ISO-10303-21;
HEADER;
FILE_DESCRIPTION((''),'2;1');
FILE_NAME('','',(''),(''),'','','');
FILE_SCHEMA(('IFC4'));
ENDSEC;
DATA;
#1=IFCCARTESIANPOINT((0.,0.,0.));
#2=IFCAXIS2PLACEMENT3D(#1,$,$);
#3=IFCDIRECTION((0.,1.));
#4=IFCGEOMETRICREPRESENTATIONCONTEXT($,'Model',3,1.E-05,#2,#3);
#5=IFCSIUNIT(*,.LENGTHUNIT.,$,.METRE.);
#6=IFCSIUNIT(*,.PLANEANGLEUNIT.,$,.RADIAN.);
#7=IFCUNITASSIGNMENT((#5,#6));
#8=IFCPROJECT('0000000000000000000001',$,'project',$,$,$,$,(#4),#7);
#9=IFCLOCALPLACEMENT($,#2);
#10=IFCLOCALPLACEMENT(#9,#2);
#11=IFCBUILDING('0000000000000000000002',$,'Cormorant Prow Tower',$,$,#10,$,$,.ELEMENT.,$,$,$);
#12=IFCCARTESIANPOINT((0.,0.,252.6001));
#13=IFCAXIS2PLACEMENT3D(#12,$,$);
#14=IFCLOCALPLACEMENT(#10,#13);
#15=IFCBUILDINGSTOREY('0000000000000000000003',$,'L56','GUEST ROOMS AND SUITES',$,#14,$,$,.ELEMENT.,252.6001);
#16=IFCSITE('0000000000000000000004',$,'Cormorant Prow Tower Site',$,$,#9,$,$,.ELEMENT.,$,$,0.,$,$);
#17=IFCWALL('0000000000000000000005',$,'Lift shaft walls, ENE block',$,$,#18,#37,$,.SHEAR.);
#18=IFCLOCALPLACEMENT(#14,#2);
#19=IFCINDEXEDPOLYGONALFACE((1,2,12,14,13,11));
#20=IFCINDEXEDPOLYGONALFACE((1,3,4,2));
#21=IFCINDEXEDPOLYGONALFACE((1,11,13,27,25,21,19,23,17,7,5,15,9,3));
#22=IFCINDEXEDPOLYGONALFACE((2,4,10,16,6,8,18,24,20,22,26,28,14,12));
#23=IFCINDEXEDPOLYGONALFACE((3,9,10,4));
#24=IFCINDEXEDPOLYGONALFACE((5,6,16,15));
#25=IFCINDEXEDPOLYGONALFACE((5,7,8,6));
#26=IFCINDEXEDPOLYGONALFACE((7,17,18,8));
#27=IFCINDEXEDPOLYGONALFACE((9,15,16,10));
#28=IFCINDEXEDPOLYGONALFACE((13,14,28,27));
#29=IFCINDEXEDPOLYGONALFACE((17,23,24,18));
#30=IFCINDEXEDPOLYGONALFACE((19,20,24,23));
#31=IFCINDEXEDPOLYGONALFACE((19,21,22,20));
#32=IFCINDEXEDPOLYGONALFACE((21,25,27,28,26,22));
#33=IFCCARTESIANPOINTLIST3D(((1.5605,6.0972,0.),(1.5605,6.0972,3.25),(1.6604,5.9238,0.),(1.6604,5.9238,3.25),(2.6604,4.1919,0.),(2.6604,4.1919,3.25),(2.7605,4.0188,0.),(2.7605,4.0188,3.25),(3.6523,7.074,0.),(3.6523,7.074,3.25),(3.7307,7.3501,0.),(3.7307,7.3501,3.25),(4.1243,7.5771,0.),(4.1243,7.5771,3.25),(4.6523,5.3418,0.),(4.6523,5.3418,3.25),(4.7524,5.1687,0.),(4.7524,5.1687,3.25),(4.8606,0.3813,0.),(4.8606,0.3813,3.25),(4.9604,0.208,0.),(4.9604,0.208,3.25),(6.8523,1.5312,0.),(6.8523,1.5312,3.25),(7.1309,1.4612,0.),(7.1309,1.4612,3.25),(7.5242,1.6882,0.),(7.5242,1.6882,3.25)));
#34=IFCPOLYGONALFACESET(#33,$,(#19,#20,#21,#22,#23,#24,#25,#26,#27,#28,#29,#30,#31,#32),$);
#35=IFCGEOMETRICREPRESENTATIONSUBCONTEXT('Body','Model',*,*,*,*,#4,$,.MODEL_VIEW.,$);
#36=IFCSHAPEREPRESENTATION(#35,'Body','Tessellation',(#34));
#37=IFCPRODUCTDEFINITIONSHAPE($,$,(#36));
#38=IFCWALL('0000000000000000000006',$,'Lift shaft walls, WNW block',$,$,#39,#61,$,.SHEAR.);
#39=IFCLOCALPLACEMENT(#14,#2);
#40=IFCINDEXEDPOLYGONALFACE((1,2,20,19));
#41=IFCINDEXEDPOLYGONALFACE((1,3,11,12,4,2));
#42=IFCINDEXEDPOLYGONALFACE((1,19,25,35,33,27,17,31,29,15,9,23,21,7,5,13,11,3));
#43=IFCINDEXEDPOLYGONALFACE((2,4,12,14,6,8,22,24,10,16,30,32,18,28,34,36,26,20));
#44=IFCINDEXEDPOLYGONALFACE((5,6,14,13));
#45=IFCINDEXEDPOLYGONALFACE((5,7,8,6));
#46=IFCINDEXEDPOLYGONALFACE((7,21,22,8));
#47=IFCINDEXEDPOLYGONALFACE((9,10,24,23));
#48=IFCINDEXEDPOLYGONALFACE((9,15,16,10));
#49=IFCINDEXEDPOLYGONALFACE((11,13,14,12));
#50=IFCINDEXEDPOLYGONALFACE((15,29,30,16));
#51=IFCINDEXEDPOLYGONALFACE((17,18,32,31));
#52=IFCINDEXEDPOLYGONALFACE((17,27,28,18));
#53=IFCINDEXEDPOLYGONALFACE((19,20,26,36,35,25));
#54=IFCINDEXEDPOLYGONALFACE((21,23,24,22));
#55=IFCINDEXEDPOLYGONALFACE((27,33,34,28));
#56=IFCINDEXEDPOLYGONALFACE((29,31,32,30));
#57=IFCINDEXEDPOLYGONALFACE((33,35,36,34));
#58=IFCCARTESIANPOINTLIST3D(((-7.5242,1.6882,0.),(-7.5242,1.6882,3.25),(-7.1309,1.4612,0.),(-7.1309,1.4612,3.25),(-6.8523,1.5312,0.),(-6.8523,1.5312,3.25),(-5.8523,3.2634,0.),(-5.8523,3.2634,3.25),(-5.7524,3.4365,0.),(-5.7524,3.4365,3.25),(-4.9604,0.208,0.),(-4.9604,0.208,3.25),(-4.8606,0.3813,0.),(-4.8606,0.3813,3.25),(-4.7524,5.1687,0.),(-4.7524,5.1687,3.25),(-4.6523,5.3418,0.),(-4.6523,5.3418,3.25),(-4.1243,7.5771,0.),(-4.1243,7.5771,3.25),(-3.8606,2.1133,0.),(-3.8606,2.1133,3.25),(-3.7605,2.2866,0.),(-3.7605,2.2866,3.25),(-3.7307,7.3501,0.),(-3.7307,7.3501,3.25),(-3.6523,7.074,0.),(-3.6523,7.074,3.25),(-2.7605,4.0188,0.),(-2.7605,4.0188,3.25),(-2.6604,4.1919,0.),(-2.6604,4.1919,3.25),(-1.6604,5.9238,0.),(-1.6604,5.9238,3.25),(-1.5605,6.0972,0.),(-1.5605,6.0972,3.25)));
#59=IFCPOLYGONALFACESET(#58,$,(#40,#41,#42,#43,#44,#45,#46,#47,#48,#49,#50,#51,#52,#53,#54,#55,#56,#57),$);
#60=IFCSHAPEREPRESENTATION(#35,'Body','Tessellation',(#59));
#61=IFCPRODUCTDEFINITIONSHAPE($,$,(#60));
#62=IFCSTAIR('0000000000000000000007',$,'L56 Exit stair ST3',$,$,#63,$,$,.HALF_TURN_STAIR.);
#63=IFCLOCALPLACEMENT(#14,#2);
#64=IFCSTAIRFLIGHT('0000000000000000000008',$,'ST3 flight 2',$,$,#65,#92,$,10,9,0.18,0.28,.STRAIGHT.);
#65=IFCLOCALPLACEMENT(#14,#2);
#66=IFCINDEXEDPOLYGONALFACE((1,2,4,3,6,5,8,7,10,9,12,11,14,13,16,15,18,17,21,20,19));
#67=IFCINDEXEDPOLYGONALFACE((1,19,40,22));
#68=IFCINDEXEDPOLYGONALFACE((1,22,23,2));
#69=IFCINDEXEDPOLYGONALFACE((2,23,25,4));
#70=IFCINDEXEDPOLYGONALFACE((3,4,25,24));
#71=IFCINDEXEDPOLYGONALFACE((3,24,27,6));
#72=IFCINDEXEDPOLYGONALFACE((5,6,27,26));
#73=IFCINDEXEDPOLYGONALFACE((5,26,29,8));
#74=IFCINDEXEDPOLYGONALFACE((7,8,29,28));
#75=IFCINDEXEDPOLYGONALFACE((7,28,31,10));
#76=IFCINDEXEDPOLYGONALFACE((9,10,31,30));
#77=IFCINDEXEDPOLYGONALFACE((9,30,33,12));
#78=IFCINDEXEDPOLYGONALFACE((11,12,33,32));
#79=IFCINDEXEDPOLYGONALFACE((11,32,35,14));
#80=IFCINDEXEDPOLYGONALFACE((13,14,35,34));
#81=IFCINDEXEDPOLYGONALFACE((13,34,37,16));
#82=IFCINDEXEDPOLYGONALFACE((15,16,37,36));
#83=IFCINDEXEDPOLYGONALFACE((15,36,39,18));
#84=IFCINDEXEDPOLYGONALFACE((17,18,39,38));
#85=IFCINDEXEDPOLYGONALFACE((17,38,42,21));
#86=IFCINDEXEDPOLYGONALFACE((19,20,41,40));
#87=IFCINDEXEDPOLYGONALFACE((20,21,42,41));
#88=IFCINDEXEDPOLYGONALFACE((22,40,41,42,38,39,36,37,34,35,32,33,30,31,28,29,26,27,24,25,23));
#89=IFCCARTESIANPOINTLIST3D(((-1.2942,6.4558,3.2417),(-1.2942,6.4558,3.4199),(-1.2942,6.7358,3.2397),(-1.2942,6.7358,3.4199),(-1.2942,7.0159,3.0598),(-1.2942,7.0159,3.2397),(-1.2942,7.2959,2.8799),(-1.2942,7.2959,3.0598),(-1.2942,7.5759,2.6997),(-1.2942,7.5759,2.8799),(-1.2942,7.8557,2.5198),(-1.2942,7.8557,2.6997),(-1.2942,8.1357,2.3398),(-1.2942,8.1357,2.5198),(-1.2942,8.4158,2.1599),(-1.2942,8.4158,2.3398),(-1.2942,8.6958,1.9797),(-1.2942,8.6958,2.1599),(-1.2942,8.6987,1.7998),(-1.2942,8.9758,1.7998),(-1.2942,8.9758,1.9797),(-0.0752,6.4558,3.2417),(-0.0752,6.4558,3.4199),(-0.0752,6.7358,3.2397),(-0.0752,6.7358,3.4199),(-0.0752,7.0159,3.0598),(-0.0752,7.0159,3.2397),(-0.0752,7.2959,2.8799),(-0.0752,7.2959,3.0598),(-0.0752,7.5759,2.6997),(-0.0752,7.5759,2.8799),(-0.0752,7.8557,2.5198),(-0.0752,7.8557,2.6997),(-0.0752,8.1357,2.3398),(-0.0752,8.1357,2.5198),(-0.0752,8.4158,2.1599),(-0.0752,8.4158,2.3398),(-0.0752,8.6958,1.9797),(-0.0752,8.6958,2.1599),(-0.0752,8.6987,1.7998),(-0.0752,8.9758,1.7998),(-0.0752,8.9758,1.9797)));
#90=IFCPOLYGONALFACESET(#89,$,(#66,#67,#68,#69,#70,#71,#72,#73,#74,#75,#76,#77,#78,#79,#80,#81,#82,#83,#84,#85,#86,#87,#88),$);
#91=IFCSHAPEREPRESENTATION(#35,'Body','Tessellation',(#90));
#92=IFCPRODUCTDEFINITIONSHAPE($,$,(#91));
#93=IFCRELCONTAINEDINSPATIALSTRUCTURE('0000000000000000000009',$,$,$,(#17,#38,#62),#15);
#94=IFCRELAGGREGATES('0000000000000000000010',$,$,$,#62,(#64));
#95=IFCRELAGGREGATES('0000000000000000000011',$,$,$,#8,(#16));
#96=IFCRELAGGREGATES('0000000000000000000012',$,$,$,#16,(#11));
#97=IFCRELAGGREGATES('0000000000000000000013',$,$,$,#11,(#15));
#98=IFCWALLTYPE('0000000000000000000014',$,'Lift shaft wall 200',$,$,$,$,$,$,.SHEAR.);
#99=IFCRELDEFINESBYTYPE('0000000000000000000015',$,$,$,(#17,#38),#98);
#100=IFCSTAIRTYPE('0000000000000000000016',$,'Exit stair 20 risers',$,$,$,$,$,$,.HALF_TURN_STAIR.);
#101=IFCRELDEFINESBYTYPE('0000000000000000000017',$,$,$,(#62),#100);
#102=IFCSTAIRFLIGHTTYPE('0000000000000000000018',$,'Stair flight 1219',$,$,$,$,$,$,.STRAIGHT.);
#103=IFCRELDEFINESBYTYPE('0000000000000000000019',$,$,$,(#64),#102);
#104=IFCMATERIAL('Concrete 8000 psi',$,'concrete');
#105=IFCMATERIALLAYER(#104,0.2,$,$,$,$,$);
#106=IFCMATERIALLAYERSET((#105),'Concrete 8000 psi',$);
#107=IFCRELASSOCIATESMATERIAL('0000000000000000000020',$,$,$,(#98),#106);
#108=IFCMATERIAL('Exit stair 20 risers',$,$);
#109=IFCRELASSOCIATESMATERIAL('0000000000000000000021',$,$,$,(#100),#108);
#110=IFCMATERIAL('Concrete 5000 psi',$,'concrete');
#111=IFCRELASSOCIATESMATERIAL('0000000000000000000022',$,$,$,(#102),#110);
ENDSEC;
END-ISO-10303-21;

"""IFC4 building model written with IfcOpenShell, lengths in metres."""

from ifc_helpers import new_model, si_unit, direction, frame, origin, place, context, subcontext, project, spatial, polyline, outline, extrude, material, layer, layer_set, type_object, element, aggregate, save


model = new_model("IFC4")

# Units and contexts
model_context = context("Model", 3, precision=1e-05, world=origin(), true_north=direction((0.0, 1.0)))
body_context = subcontext(model_context, "Body", "Model", "MODEL_VIEW")
ifc_project = project(units=[si_unit("LENGTHUNIT", "METRE"), si_unit("PLANEANGLEUNIT", "RADIAN")], contexts=[model_context])

# Site, building, storey
site_placement = place(None, origin())
site = spatial("IfcSite", under=ifc_project, at=site_placement, Name="Cormorant Prow Tower Site", CompositionType="ELEMENT", RefElevation=0.0)
building_placement = place(site_placement, origin())
building = spatial("IfcBuilding", under=site, at=building_placement, Name="Cormorant Prow Tower", CompositionType="ELEMENT")
storey_placement = place(building_placement, frame((0.0, 0.0, 252.6001)))
storey = spatial("IfcBuildingStorey", under=building, at=storey_placement, Name="L56", Description="GUEST ROOMS AND SUITES", CompositionType="ELEMENT", Elevation=252.6001)

# Walls
ifc_material_1 = material(Name="Concrete 8000 psi", Category="concrete")
ifc_layer_1 = layer(ifc_material_1, 0.2)
ifc_layer_set_1 = layer_set([ifc_layer_1], Name="Concrete 8000 psi")
wall_type_1 = type_object("IfcWallType", Name="Lift shaft wall 200", PredefinedType="SHEAR", material=ifc_layer_set_1)
wall_1_placement = place(storey_placement, origin())
element("IfcWall", 1, at=wall_1_placement, inside=storey, type_object=wall_type_1, Name="Lift shaft walls, ENE block", PredefinedType="SHEAR", context=body_context, shape_type="SweptSolid", body=[
    extrude(outline(polyline([(7.5242, 1.6882), (7.1309, 1.4612), (4.9604, 0.208), (4.8606, 0.3813), (6.8523, 1.5312), (4.7524, 5.1687), (2.7605, 4.0188), (2.6604, 4.1919), (4.6523, 5.3418), (3.6523, 7.074), (1.6604, 5.9238), (1.5605, 6.0972), (3.7307, 7.3501), (4.1243, 7.5771), (7.5242, 1.6882)])), origin(), (0.0, 0.0, 1.0), 3.25),
])
wall_2_placement = place(storey_placement, origin())
element("IfcWall", 2, at=wall_2_placement, inside=storey, type_object=wall_type_1, Name="Lift shaft walls, WNW block", PredefinedType="SHEAR", context=body_context, shape_type="SweptSolid", body=[
    extrude(outline(polyline([(-7.5242, 1.6882), (-4.1243, 7.5771), (-3.7307, 7.3501), (-1.5605, 6.0972), (-1.6604, 5.9238), (-3.6523, 7.074), (-4.6523, 5.3418), (-2.6604, 4.1919), (-2.7605, 4.0188), (-4.7524, 5.1687), (-5.7524, 3.4365), (-3.7605, 2.2866), (-3.8606, 2.1133), (-5.8523, 3.2634), (-6.8523, 1.5312), (-4.8606, 0.3813), (-4.9604, 0.208), (-7.1309, 1.4612), (-7.5242, 1.6882)])), origin(), (0.0, 0.0, 1.0), 3.25),
])

# Stair, stair flight
ifc_material_2 = material(Name="Exit stair 20 risers")
stair_type = type_object("IfcStairType", Name="Exit stair 20 risers", PredefinedType="HALF_TURN_STAIR", material=ifc_material_2)
stair_placement = place(storey_placement, origin())
stair = element("IfcStair", 3, at=stair_placement, inside=storey, type_object=stair_type, Name="L56 Exit stair ST3", PredefinedType="HALF_TURN_STAIR")
ifc_material_3 = material(Name="Concrete 5000 psi", Category="concrete")
stair_flight_type = type_object("IfcStairFlightType", Name="Stair flight 1219", PredefinedType="STRAIGHT", material=ifc_material_3)
stair_flight_placement = place(storey_placement, frame((-0.6846, 8.9758, 1.7998), z_axis=(0.0, 0.0, 1.0), x_axis=(0.0, -1.0, 0.0)))
stair_flight = element("IfcStairFlight", 4, at=stair_flight_placement, type_object=stair_flight_type, Name="ST3 flight 2", NumberOfRisers=10, NumberOfTreads=9, PredefinedType="STRAIGHT", RiserHeight=0.18, TreadLength=0.28, context=body_context, shape_type="SweptSolid", body=[
    extrude(outline(polyline([(0.0, 0.0), (0.0, 0.1799), (0.28, 0.1799), (0.28, 0.3601), (0.5601, 0.3601), (0.5601, 0.54), (0.8401, 0.54), (0.8401, 0.72), (1.1201, 0.72), (1.1201, 0.8999), (1.3999, 0.8999), (1.3999, 1.0801), (1.6799, 1.0801), (1.6799, 1.26), (1.96, 1.26), (1.96, 1.4399), (2.24, 1.4399), (2.24, 1.6201), (2.52, 1.6201), (2.52, 1.8), (2.52, 1.4419), (0.2771, 0.0), (0.0, 0.0)])), frame((0.0, 0.6094, 0.0), z_axis=(0.0, -1.0, 0.0), x_axis=(1.0, 0.0, 0.0)), (0.0, 0.0, 1.0), 1.219),
])
aggregate(stair, [stair_flight])

save(model, "model.ifc")
